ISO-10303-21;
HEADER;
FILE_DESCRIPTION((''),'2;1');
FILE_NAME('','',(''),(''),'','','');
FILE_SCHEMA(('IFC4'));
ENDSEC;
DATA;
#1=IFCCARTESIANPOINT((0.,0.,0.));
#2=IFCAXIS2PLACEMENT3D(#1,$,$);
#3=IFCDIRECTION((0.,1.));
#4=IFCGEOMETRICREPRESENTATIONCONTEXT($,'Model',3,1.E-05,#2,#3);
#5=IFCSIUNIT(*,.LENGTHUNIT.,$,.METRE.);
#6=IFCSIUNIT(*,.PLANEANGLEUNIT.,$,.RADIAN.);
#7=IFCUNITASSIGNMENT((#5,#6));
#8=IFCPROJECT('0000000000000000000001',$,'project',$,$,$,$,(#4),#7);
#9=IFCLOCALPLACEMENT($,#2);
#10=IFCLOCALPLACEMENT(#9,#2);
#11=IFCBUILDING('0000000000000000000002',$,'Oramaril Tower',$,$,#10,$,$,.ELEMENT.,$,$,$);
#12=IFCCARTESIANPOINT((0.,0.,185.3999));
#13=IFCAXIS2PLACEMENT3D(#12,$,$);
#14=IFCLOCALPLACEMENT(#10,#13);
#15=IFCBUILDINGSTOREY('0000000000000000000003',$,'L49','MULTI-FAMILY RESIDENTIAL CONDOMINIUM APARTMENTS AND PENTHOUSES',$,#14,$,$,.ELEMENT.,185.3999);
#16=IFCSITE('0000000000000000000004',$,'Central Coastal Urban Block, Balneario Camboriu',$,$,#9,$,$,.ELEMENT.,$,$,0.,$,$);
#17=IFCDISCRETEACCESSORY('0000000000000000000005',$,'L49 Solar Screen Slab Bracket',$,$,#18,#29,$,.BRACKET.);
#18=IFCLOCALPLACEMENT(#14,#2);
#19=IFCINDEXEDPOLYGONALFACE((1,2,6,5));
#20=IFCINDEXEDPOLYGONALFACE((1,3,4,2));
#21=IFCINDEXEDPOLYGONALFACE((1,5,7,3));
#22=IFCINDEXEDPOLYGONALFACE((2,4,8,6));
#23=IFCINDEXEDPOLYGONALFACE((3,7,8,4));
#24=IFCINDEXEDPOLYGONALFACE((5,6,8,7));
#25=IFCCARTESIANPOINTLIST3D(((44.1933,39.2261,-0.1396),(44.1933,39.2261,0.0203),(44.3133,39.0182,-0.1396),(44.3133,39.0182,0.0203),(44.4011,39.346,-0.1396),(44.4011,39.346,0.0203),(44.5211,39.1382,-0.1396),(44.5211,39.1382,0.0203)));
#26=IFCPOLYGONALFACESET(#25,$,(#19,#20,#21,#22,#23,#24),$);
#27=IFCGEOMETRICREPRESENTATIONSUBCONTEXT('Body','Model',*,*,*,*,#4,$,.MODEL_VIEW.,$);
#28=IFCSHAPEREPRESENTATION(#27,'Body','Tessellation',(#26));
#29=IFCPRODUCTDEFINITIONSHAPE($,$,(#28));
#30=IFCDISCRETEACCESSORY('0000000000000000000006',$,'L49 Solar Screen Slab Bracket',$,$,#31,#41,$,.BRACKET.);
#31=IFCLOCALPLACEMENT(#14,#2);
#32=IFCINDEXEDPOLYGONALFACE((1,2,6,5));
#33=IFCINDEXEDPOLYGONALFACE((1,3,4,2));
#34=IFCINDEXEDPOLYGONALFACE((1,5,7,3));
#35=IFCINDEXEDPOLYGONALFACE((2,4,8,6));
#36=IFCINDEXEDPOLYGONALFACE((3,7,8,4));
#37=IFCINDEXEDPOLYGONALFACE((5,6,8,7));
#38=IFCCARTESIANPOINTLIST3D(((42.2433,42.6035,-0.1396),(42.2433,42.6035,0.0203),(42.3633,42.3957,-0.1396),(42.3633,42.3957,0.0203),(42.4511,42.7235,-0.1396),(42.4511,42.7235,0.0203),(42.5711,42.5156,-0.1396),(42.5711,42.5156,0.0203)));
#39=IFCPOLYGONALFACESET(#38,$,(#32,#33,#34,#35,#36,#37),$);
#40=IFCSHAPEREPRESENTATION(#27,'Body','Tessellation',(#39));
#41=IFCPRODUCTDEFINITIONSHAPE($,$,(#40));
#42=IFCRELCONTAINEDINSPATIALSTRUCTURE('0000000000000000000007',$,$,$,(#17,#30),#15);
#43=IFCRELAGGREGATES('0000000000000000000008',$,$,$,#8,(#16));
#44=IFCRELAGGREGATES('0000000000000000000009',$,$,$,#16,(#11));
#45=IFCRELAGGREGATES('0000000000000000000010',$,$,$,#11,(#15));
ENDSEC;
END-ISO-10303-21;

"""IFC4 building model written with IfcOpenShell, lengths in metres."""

from ifc_helpers import new_model, si_unit, direction, frame, origin, origin_2d, place, context, subcontext, project, spatial, rectangle, extrude, element, save


model = new_model("IFC4")

# Units and contexts
model_context = context("Model", 3, precision=1e-05, world=origin(), true_north=direction((0.0, 1.0)))
body_context = subcontext(model_context, "Body", "Model", "MODEL_VIEW")
ifc_project = project(units=[si_unit("LENGTHUNIT", "METRE"), si_unit("PLANEANGLEUNIT", "RADIAN")], contexts=[model_context])

# Site, building, storey
site_placement = place(None, origin())
site = spatial("IfcSite", under=ifc_project, at=site_placement, Name="Central Coastal Urban Block, Balneario Camboriu", CompositionType="ELEMENT", RefElevation=0.0)
building_placement = place(site_placement, origin())
building = spatial("IfcBuilding", under=site, at=building_placement, Name="Oramaril Tower", CompositionType="ELEMENT")
storey_placement = place(building_placement, frame((0.0, 0.0, 185.3999)))
storey = spatial("IfcBuildingStorey", under=building, at=storey_placement, Name="L49", Description="MULTI-FAMILY RESIDENTIAL CONDOMINIUM APARTMENTS AND PENTHOUSES", CompositionType="ELEMENT", Elevation=185.3999)

# Discrete accessories
for number, where, z_axis, x_axis, name in (
    (1, (44.3572, 39.1821, -0.1396), (0.0, 0.0, 1.0), (-0.5, 0.866025, 0.0), "L49 Solar Screen Slab Bracket"),
    (2, (42.4072, 42.5596, -0.1396), (0.0, 0.0, 1.0), (-0.5, 0.866025, 0.0), "L49 Solar Screen Slab Bracket"),
):
    element("IfcDiscreteAccessory", number, at=place(storey_placement, frame(where, z_axis=z_axis, x_axis=x_axis)), inside=storey, Name=name, PredefinedType="BRACKET", context=body_context, shape_type="SweptSolid", body=[
        extrude(rectangle(XDim=0.24, YDim=0.24, at=origin_2d()), origin(), (0.0, 0.0, 1.0), 0.1599),
    ])

save(model, "model.ifc")
